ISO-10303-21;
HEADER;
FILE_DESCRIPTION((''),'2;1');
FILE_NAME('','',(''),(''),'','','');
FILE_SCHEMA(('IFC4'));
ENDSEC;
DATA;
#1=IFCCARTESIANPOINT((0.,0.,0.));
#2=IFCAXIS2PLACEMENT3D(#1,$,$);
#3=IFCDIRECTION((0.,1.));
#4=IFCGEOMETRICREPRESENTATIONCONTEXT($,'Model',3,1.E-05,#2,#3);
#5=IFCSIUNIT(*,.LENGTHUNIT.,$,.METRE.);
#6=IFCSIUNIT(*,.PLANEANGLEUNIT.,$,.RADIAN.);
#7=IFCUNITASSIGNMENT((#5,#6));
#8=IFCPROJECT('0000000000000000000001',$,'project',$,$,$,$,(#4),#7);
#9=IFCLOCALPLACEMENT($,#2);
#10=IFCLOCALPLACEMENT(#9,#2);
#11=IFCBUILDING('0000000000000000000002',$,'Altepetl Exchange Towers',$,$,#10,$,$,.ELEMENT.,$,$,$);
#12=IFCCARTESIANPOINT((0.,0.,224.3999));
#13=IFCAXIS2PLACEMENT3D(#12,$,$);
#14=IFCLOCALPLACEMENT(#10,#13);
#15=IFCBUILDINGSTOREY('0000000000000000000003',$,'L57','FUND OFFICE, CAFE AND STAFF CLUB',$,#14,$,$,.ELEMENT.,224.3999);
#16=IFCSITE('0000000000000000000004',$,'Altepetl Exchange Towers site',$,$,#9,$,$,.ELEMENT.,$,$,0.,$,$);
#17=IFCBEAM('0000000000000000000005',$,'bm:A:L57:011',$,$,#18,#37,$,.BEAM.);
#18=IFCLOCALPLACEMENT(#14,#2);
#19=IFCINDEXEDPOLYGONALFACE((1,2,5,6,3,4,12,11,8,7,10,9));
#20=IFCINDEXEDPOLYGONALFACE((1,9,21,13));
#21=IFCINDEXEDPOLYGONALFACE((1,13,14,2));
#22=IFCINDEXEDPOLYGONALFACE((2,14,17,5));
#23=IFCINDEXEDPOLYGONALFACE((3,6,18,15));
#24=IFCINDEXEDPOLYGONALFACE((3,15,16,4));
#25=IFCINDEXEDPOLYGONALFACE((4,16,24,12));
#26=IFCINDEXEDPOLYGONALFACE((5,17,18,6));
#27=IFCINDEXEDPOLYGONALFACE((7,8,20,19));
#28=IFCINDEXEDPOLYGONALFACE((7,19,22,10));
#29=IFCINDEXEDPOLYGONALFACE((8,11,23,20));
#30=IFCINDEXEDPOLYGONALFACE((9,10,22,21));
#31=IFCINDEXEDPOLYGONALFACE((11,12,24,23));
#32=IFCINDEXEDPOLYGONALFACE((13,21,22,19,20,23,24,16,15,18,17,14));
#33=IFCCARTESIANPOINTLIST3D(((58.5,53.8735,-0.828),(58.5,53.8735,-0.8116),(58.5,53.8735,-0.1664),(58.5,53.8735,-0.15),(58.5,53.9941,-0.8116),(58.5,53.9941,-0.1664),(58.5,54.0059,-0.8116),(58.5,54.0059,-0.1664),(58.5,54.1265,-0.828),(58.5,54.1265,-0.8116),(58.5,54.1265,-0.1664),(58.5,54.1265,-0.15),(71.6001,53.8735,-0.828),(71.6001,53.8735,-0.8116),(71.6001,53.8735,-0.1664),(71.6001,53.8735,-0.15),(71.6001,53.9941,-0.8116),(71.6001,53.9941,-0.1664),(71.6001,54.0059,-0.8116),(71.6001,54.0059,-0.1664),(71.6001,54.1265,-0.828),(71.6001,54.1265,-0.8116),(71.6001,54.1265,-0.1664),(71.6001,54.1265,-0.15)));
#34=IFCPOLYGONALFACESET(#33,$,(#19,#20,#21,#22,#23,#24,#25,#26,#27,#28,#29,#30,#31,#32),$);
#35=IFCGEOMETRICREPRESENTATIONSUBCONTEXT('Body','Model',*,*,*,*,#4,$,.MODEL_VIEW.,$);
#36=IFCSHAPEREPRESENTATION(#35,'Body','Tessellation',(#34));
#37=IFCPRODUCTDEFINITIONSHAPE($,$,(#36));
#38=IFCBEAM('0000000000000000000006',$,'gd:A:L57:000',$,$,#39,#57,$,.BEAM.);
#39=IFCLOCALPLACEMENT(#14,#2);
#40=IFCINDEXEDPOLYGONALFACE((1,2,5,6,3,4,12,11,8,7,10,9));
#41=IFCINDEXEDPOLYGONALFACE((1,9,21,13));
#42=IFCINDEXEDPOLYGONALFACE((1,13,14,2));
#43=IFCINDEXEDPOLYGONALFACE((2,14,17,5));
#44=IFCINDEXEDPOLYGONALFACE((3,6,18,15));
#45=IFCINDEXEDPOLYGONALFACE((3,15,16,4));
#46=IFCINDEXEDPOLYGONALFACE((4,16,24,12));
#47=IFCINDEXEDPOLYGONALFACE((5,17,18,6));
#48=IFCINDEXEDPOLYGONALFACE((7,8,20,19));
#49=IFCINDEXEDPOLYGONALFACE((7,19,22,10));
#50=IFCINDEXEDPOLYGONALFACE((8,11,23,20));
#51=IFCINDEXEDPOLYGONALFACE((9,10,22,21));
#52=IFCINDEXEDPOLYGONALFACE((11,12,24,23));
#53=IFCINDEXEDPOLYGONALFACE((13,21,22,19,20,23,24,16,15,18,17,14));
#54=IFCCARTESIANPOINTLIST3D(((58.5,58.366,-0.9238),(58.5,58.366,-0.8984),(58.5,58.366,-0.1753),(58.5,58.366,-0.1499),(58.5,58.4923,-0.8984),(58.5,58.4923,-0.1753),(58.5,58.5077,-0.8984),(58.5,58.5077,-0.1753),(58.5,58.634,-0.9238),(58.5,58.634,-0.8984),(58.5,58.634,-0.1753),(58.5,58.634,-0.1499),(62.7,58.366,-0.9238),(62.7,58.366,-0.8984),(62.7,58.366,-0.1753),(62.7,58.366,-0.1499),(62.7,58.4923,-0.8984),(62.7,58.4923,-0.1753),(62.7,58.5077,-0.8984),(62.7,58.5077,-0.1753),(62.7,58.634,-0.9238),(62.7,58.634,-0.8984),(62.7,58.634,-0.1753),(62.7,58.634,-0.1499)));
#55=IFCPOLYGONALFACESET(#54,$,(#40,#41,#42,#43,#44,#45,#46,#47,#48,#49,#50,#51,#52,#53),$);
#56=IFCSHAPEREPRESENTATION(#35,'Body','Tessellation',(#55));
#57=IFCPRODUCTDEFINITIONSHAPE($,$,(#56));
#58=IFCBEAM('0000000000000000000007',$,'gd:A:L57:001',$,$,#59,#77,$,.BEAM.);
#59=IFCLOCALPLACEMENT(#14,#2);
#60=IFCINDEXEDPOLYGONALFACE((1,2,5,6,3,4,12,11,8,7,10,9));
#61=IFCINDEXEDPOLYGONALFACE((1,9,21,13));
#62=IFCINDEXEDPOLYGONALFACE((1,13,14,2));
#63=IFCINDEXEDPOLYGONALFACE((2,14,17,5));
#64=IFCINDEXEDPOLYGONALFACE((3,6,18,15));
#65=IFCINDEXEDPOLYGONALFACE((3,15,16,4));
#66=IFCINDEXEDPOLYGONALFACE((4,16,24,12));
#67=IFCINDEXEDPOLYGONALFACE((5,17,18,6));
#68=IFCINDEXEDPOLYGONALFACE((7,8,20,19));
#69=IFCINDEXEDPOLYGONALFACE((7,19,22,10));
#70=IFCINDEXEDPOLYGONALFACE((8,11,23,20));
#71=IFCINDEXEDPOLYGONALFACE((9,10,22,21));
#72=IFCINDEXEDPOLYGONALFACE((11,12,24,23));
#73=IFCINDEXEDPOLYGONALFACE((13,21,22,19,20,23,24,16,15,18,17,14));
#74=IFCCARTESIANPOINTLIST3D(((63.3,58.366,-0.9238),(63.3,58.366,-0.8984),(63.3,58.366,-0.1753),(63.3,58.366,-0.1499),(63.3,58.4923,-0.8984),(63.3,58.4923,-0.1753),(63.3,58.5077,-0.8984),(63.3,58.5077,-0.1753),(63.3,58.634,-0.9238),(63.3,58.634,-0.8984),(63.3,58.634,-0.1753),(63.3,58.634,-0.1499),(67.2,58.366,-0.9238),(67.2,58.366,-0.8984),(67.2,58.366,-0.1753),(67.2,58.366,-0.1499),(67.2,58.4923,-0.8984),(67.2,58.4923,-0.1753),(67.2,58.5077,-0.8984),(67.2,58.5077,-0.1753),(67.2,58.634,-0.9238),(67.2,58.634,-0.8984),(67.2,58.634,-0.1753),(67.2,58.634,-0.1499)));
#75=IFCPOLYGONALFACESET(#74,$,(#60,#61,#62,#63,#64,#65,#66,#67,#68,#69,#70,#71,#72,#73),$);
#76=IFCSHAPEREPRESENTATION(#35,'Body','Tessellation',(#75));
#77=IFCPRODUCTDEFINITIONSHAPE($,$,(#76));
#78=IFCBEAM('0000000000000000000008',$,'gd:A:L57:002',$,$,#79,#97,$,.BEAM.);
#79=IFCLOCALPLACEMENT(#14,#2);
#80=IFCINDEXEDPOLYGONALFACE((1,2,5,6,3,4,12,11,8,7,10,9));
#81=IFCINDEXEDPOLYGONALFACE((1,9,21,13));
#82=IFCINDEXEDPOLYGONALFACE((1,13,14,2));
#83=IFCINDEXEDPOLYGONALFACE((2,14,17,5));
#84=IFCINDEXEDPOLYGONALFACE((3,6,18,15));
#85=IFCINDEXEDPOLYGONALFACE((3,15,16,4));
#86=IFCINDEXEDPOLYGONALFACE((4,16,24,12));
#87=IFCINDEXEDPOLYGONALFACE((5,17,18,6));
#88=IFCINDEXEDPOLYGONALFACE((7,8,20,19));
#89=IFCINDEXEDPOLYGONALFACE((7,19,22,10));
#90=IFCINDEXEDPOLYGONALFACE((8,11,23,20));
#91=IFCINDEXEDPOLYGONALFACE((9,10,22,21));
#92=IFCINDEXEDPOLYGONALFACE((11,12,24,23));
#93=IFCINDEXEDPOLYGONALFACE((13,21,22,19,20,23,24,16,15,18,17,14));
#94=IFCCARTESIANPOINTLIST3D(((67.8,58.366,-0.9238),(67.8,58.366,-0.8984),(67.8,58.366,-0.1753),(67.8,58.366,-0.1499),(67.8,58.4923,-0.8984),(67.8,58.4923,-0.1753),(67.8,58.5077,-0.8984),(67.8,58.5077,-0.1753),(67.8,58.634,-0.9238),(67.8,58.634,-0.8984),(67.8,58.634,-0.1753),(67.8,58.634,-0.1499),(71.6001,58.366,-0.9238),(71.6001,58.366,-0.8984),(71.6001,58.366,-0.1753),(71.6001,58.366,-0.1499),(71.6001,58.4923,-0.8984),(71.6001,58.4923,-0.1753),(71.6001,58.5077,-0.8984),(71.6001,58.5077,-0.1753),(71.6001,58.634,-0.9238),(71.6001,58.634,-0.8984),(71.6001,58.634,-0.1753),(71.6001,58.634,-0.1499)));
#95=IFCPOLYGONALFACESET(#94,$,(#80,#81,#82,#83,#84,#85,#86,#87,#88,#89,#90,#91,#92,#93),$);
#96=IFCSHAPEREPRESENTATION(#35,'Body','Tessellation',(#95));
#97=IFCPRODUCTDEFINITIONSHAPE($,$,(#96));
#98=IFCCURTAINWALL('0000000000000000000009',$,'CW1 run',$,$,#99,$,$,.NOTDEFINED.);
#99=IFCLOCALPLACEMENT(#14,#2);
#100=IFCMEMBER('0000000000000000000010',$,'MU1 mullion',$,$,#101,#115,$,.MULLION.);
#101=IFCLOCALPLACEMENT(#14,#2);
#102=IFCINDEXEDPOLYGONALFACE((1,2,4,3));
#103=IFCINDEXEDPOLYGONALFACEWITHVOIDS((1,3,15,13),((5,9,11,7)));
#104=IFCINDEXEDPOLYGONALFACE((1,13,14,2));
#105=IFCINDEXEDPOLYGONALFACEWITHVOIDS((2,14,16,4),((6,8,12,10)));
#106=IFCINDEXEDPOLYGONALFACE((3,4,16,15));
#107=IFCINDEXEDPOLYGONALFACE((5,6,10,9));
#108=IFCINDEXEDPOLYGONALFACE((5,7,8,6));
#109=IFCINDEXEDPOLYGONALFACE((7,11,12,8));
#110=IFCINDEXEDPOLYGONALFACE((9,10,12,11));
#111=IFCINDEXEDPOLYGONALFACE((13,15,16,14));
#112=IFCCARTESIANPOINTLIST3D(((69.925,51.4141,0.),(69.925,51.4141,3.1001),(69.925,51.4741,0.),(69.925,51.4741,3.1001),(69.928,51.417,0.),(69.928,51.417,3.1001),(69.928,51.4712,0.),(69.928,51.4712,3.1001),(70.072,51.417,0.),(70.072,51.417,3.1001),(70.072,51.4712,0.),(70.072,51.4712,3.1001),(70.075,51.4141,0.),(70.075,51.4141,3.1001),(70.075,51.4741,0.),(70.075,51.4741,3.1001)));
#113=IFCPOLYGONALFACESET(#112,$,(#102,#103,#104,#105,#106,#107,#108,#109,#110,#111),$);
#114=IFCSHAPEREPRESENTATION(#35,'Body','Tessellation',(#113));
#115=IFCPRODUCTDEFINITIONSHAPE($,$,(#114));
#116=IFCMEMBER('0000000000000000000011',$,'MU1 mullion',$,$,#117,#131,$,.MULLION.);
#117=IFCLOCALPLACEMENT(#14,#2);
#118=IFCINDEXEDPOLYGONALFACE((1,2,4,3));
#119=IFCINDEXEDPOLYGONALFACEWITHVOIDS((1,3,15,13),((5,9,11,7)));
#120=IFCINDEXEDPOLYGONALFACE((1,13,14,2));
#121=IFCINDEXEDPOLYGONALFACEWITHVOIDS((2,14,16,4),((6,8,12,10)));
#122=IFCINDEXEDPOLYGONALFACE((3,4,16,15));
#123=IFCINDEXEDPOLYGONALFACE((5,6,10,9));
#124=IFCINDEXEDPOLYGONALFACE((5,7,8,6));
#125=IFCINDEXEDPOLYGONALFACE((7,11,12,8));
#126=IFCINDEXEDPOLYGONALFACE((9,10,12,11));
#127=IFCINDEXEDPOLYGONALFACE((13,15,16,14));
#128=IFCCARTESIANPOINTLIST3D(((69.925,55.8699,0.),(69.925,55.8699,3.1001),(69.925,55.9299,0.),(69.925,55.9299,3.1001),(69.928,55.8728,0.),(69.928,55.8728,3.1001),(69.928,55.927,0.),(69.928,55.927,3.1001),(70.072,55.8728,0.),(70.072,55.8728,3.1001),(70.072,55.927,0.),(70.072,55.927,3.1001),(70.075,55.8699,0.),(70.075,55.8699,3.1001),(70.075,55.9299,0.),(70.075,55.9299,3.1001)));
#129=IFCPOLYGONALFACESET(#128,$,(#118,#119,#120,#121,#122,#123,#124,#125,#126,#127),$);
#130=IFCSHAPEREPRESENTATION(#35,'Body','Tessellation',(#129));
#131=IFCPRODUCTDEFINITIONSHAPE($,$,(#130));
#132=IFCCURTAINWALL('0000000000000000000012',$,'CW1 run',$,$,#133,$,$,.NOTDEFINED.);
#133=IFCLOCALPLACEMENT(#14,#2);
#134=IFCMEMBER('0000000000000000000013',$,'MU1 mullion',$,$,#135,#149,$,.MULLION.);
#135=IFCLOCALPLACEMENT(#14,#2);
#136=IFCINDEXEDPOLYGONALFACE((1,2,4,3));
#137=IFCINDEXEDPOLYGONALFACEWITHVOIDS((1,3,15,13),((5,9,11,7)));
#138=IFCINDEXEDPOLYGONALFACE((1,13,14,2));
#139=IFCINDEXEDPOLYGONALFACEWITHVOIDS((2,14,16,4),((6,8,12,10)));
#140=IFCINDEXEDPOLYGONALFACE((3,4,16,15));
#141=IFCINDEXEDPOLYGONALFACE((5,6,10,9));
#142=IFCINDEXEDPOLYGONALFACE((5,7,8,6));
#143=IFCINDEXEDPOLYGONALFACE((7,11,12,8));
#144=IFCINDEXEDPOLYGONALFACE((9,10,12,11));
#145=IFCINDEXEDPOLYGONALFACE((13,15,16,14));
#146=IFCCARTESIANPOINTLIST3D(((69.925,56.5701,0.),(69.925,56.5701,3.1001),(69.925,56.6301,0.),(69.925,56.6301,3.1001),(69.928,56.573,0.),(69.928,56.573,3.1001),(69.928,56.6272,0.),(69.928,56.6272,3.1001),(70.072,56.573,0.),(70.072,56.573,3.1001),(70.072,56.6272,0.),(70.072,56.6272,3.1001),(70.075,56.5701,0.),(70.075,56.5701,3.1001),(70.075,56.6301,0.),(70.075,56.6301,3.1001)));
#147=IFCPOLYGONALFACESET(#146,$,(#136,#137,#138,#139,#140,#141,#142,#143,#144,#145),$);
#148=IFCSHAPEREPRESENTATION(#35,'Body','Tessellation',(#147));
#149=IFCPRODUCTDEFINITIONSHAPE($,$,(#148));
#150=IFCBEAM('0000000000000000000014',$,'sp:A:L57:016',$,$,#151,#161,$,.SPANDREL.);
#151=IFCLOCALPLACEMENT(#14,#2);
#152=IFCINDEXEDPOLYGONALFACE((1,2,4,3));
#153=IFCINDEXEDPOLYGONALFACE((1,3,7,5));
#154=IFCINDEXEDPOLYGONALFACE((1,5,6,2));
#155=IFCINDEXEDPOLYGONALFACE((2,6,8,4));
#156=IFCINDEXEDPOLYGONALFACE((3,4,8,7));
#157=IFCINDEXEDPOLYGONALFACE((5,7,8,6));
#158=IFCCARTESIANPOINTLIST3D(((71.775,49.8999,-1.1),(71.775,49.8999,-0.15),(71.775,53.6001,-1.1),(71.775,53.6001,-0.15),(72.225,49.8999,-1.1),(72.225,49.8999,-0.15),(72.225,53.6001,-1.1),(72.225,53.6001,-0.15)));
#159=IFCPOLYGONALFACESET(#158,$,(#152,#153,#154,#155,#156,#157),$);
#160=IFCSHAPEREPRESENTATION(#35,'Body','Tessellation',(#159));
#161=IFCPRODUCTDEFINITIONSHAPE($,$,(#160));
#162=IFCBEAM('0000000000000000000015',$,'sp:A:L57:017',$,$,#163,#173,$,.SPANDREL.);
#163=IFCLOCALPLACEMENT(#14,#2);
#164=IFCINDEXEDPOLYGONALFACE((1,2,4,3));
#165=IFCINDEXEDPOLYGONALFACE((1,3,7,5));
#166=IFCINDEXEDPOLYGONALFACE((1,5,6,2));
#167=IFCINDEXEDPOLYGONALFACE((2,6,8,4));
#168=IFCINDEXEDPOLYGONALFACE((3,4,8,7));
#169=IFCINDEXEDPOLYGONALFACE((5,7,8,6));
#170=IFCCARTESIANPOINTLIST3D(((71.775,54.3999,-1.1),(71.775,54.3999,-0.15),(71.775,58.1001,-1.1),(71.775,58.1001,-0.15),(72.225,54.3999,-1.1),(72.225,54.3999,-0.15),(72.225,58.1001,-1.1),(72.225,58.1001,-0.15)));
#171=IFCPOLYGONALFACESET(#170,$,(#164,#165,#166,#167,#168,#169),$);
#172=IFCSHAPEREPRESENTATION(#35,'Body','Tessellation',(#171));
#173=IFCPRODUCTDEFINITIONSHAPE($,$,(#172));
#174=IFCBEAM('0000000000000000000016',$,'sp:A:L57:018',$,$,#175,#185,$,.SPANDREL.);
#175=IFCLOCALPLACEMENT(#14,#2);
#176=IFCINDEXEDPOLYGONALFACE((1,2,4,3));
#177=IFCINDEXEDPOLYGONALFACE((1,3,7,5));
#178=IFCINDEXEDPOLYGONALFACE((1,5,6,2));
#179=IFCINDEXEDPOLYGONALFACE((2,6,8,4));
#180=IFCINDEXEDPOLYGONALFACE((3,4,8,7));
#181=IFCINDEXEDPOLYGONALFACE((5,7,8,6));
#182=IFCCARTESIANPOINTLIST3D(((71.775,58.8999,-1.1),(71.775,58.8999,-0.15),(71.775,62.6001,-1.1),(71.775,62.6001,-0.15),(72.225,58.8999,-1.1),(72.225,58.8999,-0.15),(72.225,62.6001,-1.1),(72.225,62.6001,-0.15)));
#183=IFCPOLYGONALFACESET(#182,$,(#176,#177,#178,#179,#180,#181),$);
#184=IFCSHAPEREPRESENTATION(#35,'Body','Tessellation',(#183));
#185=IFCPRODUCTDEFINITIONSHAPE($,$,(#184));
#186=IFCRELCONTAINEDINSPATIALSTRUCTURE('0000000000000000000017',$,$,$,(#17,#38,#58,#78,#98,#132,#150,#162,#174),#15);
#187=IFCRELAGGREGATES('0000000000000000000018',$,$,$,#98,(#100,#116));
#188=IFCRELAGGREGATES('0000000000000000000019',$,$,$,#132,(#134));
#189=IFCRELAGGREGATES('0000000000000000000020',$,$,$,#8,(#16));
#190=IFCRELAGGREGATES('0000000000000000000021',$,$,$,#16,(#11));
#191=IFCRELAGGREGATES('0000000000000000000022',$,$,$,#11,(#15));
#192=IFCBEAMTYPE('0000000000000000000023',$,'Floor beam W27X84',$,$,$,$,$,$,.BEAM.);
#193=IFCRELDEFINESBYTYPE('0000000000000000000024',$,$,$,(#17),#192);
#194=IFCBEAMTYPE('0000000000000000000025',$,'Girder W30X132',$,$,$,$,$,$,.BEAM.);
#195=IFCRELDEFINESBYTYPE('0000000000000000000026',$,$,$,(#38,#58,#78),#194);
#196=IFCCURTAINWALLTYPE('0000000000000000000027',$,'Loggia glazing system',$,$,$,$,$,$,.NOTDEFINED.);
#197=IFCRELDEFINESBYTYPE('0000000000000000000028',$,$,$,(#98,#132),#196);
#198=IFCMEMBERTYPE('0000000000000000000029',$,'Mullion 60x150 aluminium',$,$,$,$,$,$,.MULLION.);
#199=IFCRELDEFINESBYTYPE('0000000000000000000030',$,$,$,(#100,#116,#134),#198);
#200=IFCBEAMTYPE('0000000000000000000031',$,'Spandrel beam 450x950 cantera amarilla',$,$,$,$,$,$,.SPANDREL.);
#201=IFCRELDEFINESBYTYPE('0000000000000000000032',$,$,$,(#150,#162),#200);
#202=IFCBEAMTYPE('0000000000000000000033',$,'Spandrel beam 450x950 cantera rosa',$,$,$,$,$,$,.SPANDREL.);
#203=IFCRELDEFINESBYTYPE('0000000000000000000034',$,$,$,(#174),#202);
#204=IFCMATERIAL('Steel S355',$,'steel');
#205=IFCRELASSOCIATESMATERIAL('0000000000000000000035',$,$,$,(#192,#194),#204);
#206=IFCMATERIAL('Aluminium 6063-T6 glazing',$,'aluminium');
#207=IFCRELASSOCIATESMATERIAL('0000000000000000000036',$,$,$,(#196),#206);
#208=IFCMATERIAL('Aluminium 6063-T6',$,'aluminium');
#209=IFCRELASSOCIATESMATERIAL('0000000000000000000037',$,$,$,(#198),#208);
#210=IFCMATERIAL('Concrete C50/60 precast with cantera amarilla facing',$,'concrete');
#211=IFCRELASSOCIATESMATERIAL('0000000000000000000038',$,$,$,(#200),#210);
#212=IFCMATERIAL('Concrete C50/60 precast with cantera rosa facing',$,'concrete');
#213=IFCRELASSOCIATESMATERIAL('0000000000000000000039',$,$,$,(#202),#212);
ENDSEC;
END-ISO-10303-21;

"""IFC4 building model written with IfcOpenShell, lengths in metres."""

from ifc_helpers import new_model, si_unit, direction, frame, origin, origin_2d, place, context, subcontext, project, spatial, rectangle, hollow_rectangle, i_section, extrude, material, material_profile, profile_set, type_object, element, aggregate, save


model = new_model("IFC4")

# Units and contexts
model_context = context("Model", 3, precision=1e-05, world=origin(), true_north=direction((0.0, 1.0)))
body_context = subcontext(model_context, "Body", "Model", "MODEL_VIEW")
ifc_project = project(units=[si_unit("LENGTHUNIT", "METRE"), si_unit("PLANEANGLEUNIT", "RADIAN")], contexts=[model_context])

# Site, building, storey
site_placement = place(None, origin())
site = spatial("IfcSite", under=ifc_project, at=site_placement, Name="Altepetl Exchange Towers site", CompositionType="ELEMENT", RefElevation=0.0)
building_placement = place(site_placement, origin())
building = spatial("IfcBuilding", under=site, at=building_placement, Name="Altepetl Exchange Towers", CompositionType="ELEMENT")
storey_placement = place(building_placement, frame((0.0, 0.0, 224.3999)))
storey = spatial("IfcBuildingStorey", under=building, at=storey_placement, Name="L57", Description="FUND OFFICE, CAFE AND STAFF CLUB", CompositionType="ELEMENT", Elevation=224.3999)

# Beams
ifc_material_1 = material(Name="Steel S355", Category="steel")
ifc_material_profile_1 = material_profile(ifc_material_1, i_section(OverallWidth=0.2529, OverallDepth=0.678, WebThickness=0.0117, FlangeThickness=0.0164, at=origin_2d()), Name="W27X84")
ifc_profile_set_1 = profile_set([ifc_material_profile_1], Name="Steel S355")
beam_type_1 = type_object("IfcBeamType", Name="Floor beam W27X84", PredefinedType="BEAM", material=ifc_profile_set_1)
for number, where, z_axis, x_axis, name in (
    (1, (58.5, 54.0, -0.489), (1.0, 0.0, 0.0), (0.0, 1.0, 0.0), "bm:A:L57:011"),
):
    element("IfcBeam", number, at=place(storey_placement, frame(where, z_axis=z_axis, x_axis=x_axis)), inside=storey, type_object=beam_type_1, Name=name, PredefinedType="BEAM", context=body_context, shape_type="SweptSolid", body=[
        extrude(i_section(OverallWidth=0.2529, OverallDepth=0.678, WebThickness=0.0117, FlangeThickness=0.0164, at=origin_2d()), origin(), (0.0, 0.0, 1.0), 13.1001),
    ])
ifc_material_profile_2 = material_profile(ifc_material_1, i_section(OverallWidth=0.2681, OverallDepth=0.7739, WebThickness=0.0154, FlangeThickness=0.0254, at=origin_2d()), Name="W30X132")
ifc_profile_set_2 = profile_set([ifc_material_profile_2], Name="Steel S355")
beam_type_2 = type_object("IfcBeamType", Name="Girder W30X132", PredefinedType="BEAM", material=ifc_profile_set_2)
beam_1_placement = place(storey_placement, frame((58.5, 58.5, -0.5369), z_axis=(1.0, 0.0, 0.0), x_axis=(0.0, 1.0, 0.0)))
element("IfcBeam", 2, at=beam_1_placement, inside=storey, type_object=beam_type_2, Name="gd:A:L57:000", PredefinedType="BEAM", context=body_context, shape_type="SweptSolid", body=[
    extrude(i_section(OverallWidth=0.2681, OverallDepth=0.7739, WebThickness=0.0154, FlangeThickness=0.0254, at=origin_2d()), origin(), (0.0, 0.0, 1.0), 4.2),
])
beam_2_placement = place(storey_placement, frame((63.3, 58.5, -0.5369), z_axis=(1.0, 0.0, 0.0), x_axis=(0.0, 1.0, 0.0)))
element("IfcBeam", 3, at=beam_2_placement, inside=storey, type_object=beam_type_2, Name="gd:A:L57:001", PredefinedType="BEAM", context=body_context, shape_type="SweptSolid", body=[
    extrude(i_section(OverallWidth=0.2681, OverallDepth=0.7739, WebThickness=0.0154, FlangeThickness=0.0254, at=origin_2d()), origin(), (0.0, 0.0, 1.0), 3.8999),
])
beam_3_placement = place(storey_placement, frame((67.8, 58.5, -0.5369), z_axis=(1.0, 0.0, 0.0), x_axis=(0.0, 1.0, 0.0)))
element("IfcBeam", 4, at=beam_3_placement, inside=storey, type_object=beam_type_2, Name="gd:A:L57:002", PredefinedType="BEAM", context=body_context, shape_type="SweptSolid", body=[
    extrude(i_section(OverallWidth=0.2681, OverallDepth=0.7739, WebThickness=0.0154, FlangeThickness=0.0254, at=origin_2d()), origin(), (0.0, 0.0, 1.0), 3.8),
])

# Curtain wall, members
ifc_material_2 = material(Name="Aluminium 6063-T6 glazing", Category="aluminium")
curtain_wall_type = type_object("IfcCurtainWallType", Name="Loggia glazing system", PredefinedType="NOTDEFINED", material=ifc_material_2)
curtain_wall_1_placement = place(storey_placement, origin())
curtain_wall_1 = element("IfcCurtainWall", 5, at=curtain_wall_1_placement, inside=storey, type_object=curtain_wall_type, Name="CW1 run", PredefinedType="NOTDEFINED")
ifc_material_3 = material(Name="Aluminium 6063-T6", Category="aluminium")
ifc_material_profile_3 = material_profile(ifc_material_3, hollow_rectangle(XDim=0.0601, YDim=0.1499, WallThickness=0.0029, at=origin_2d()), Name="Mullion 60x150 aluminium")
ifc_profile_set_3 = profile_set([ifc_material_profile_3], Name="Aluminium 6063-T6")
member_type = type_object("IfcMemberType", Name="Mullion 60x150 aluminium", PredefinedType="MULLION", material=ifc_profile_set_3)
member_1_placement = place(storey_placement, frame((70.0, 51.4441, 0.0), z_axis=(0.0, 0.0, 1.0), x_axis=(0.0, 1.0, 0.0)))
member_1 = element("IfcMember", 6, at=member_1_placement, type_object=member_type, Name="MU1 mullion", PredefinedType="MULLION", context=body_context, shape_type="SweptSolid", body=[
    extrude(hollow_rectangle(XDim=0.0601, YDim=0.1499, WallThickness=0.0029, at=origin_2d()), origin(), (0.0, 0.0, 1.0), 3.1001),
])
member_2_placement = place(storey_placement, frame((70.0, 55.8999, 0.0), z_axis=(0.0, 0.0, 1.0), x_axis=(0.0, 1.0, 0.0)))
member_2 = element("IfcMember", 7, at=member_2_placement, type_object=member_type, Name="MU1 mullion", PredefinedType="MULLION", context=body_context, shape_type="SweptSolid", body=[
    extrude(hollow_rectangle(XDim=0.0601, YDim=0.1499, WallThickness=0.0029, at=origin_2d()), origin(), (0.0, 0.0, 1.0), 3.1001),
])

# Curtain wall, member
curtain_wall_2_placement = place(storey_placement, origin())
curtain_wall_2 = element("IfcCurtainWall", 8, at=curtain_wall_2_placement, inside=storey, type_object=curtain_wall_type, Name="CW1 run", PredefinedType="NOTDEFINED")
member_3_placement = place(storey_placement, frame((70.0, 56.6001, 0.0), z_axis=(0.0, 0.0, 1.0), x_axis=(0.0, 1.0, 0.0)))
member_3 = element("IfcMember", 9, at=member_3_placement, type_object=member_type, Name="MU1 mullion", PredefinedType="MULLION", context=body_context, shape_type="SweptSolid", body=[
    extrude(hollow_rectangle(XDim=0.0601, YDim=0.1499, WallThickness=0.0029, at=origin_2d()), origin(), (0.0, 0.0, 1.0), 3.1001),
])

# Beams
ifc_material_4 = material(Name="Concrete C50/60 precast with cantera amarilla facing", Category="concrete")
ifc_material_profile_4 = material_profile(ifc_material_4, rectangle(XDim=0.45, YDim=0.95, at=origin_2d()), Name="450 x 950")
ifc_profile_set_4 = profile_set([ifc_material_profile_4], Name="Concrete C50/60 precast with cantera amarilla facing")
beam_type_3 = type_object("IfcBeamType", Name="Spandrel beam 450x950 cantera amarilla", PredefinedType="SPANDREL", material=ifc_profile_set_4)
for number, where, z_axis, x_axis, name in (
    (10, (72.0, 49.8999, -0.625), (0.0, 1.0, 0.0), (-1.0, 0.0, 0.0), "sp:A:L57:016"),
    (11, (72.0, 54.3999, -0.625), (0.0, 1.0, 0.0), (-1.0, 0.0, 0.0), "sp:A:L57:017"),
):
    element("IfcBeam", number, at=place(storey_placement, frame(where, z_axis=z_axis, x_axis=x_axis)), inside=storey, type_object=beam_type_3, Name=name, PredefinedType="SPANDREL", context=body_context, shape_type="SweptSolid", body=[
        extrude(rectangle(XDim=0.45, YDim=0.95, at=origin_2d()), origin(), (0.0, 0.0, 1.0), 3.7002),
    ])
ifc_material_5 = material(Name="Concrete C50/60 precast with cantera rosa facing", Category="concrete")
ifc_material_profile_5 = material_profile(ifc_material_5, rectangle(XDim=0.45, YDim=0.95, at=origin_2d()), Name="450 x 950")
ifc_profile_set_5 = profile_set([ifc_material_profile_5], Name="Concrete C50/60 precast with cantera rosa facing")
beam_type_4 = type_object("IfcBeamType", Name="Spandrel beam 450x950 cantera rosa", PredefinedType="SPANDREL", material=ifc_profile_set_5)
beam_4_placement = place(storey_placement, frame((72.0, 58.8999, -0.625), z_axis=(0.0, 1.0, 0.0), x_axis=(-1.0, 0.0, 0.0)))
element("IfcBeam", 12, at=beam_4_placement, inside=storey, type_object=beam_type_4, Name="sp:A:L57:018", PredefinedType="SPANDREL", context=body_context, shape_type="SweptSolid", body=[
    extrude(rectangle(XDim=0.45, YDim=0.95, at=origin_2d()), origin(), (0.0, 0.0, 1.0), 3.7002),
])

aggregate(curtain_wall_1, [member_1, member_2])
aggregate(curtain_wall_2, [member_3])

save(model, "model.ifc")
